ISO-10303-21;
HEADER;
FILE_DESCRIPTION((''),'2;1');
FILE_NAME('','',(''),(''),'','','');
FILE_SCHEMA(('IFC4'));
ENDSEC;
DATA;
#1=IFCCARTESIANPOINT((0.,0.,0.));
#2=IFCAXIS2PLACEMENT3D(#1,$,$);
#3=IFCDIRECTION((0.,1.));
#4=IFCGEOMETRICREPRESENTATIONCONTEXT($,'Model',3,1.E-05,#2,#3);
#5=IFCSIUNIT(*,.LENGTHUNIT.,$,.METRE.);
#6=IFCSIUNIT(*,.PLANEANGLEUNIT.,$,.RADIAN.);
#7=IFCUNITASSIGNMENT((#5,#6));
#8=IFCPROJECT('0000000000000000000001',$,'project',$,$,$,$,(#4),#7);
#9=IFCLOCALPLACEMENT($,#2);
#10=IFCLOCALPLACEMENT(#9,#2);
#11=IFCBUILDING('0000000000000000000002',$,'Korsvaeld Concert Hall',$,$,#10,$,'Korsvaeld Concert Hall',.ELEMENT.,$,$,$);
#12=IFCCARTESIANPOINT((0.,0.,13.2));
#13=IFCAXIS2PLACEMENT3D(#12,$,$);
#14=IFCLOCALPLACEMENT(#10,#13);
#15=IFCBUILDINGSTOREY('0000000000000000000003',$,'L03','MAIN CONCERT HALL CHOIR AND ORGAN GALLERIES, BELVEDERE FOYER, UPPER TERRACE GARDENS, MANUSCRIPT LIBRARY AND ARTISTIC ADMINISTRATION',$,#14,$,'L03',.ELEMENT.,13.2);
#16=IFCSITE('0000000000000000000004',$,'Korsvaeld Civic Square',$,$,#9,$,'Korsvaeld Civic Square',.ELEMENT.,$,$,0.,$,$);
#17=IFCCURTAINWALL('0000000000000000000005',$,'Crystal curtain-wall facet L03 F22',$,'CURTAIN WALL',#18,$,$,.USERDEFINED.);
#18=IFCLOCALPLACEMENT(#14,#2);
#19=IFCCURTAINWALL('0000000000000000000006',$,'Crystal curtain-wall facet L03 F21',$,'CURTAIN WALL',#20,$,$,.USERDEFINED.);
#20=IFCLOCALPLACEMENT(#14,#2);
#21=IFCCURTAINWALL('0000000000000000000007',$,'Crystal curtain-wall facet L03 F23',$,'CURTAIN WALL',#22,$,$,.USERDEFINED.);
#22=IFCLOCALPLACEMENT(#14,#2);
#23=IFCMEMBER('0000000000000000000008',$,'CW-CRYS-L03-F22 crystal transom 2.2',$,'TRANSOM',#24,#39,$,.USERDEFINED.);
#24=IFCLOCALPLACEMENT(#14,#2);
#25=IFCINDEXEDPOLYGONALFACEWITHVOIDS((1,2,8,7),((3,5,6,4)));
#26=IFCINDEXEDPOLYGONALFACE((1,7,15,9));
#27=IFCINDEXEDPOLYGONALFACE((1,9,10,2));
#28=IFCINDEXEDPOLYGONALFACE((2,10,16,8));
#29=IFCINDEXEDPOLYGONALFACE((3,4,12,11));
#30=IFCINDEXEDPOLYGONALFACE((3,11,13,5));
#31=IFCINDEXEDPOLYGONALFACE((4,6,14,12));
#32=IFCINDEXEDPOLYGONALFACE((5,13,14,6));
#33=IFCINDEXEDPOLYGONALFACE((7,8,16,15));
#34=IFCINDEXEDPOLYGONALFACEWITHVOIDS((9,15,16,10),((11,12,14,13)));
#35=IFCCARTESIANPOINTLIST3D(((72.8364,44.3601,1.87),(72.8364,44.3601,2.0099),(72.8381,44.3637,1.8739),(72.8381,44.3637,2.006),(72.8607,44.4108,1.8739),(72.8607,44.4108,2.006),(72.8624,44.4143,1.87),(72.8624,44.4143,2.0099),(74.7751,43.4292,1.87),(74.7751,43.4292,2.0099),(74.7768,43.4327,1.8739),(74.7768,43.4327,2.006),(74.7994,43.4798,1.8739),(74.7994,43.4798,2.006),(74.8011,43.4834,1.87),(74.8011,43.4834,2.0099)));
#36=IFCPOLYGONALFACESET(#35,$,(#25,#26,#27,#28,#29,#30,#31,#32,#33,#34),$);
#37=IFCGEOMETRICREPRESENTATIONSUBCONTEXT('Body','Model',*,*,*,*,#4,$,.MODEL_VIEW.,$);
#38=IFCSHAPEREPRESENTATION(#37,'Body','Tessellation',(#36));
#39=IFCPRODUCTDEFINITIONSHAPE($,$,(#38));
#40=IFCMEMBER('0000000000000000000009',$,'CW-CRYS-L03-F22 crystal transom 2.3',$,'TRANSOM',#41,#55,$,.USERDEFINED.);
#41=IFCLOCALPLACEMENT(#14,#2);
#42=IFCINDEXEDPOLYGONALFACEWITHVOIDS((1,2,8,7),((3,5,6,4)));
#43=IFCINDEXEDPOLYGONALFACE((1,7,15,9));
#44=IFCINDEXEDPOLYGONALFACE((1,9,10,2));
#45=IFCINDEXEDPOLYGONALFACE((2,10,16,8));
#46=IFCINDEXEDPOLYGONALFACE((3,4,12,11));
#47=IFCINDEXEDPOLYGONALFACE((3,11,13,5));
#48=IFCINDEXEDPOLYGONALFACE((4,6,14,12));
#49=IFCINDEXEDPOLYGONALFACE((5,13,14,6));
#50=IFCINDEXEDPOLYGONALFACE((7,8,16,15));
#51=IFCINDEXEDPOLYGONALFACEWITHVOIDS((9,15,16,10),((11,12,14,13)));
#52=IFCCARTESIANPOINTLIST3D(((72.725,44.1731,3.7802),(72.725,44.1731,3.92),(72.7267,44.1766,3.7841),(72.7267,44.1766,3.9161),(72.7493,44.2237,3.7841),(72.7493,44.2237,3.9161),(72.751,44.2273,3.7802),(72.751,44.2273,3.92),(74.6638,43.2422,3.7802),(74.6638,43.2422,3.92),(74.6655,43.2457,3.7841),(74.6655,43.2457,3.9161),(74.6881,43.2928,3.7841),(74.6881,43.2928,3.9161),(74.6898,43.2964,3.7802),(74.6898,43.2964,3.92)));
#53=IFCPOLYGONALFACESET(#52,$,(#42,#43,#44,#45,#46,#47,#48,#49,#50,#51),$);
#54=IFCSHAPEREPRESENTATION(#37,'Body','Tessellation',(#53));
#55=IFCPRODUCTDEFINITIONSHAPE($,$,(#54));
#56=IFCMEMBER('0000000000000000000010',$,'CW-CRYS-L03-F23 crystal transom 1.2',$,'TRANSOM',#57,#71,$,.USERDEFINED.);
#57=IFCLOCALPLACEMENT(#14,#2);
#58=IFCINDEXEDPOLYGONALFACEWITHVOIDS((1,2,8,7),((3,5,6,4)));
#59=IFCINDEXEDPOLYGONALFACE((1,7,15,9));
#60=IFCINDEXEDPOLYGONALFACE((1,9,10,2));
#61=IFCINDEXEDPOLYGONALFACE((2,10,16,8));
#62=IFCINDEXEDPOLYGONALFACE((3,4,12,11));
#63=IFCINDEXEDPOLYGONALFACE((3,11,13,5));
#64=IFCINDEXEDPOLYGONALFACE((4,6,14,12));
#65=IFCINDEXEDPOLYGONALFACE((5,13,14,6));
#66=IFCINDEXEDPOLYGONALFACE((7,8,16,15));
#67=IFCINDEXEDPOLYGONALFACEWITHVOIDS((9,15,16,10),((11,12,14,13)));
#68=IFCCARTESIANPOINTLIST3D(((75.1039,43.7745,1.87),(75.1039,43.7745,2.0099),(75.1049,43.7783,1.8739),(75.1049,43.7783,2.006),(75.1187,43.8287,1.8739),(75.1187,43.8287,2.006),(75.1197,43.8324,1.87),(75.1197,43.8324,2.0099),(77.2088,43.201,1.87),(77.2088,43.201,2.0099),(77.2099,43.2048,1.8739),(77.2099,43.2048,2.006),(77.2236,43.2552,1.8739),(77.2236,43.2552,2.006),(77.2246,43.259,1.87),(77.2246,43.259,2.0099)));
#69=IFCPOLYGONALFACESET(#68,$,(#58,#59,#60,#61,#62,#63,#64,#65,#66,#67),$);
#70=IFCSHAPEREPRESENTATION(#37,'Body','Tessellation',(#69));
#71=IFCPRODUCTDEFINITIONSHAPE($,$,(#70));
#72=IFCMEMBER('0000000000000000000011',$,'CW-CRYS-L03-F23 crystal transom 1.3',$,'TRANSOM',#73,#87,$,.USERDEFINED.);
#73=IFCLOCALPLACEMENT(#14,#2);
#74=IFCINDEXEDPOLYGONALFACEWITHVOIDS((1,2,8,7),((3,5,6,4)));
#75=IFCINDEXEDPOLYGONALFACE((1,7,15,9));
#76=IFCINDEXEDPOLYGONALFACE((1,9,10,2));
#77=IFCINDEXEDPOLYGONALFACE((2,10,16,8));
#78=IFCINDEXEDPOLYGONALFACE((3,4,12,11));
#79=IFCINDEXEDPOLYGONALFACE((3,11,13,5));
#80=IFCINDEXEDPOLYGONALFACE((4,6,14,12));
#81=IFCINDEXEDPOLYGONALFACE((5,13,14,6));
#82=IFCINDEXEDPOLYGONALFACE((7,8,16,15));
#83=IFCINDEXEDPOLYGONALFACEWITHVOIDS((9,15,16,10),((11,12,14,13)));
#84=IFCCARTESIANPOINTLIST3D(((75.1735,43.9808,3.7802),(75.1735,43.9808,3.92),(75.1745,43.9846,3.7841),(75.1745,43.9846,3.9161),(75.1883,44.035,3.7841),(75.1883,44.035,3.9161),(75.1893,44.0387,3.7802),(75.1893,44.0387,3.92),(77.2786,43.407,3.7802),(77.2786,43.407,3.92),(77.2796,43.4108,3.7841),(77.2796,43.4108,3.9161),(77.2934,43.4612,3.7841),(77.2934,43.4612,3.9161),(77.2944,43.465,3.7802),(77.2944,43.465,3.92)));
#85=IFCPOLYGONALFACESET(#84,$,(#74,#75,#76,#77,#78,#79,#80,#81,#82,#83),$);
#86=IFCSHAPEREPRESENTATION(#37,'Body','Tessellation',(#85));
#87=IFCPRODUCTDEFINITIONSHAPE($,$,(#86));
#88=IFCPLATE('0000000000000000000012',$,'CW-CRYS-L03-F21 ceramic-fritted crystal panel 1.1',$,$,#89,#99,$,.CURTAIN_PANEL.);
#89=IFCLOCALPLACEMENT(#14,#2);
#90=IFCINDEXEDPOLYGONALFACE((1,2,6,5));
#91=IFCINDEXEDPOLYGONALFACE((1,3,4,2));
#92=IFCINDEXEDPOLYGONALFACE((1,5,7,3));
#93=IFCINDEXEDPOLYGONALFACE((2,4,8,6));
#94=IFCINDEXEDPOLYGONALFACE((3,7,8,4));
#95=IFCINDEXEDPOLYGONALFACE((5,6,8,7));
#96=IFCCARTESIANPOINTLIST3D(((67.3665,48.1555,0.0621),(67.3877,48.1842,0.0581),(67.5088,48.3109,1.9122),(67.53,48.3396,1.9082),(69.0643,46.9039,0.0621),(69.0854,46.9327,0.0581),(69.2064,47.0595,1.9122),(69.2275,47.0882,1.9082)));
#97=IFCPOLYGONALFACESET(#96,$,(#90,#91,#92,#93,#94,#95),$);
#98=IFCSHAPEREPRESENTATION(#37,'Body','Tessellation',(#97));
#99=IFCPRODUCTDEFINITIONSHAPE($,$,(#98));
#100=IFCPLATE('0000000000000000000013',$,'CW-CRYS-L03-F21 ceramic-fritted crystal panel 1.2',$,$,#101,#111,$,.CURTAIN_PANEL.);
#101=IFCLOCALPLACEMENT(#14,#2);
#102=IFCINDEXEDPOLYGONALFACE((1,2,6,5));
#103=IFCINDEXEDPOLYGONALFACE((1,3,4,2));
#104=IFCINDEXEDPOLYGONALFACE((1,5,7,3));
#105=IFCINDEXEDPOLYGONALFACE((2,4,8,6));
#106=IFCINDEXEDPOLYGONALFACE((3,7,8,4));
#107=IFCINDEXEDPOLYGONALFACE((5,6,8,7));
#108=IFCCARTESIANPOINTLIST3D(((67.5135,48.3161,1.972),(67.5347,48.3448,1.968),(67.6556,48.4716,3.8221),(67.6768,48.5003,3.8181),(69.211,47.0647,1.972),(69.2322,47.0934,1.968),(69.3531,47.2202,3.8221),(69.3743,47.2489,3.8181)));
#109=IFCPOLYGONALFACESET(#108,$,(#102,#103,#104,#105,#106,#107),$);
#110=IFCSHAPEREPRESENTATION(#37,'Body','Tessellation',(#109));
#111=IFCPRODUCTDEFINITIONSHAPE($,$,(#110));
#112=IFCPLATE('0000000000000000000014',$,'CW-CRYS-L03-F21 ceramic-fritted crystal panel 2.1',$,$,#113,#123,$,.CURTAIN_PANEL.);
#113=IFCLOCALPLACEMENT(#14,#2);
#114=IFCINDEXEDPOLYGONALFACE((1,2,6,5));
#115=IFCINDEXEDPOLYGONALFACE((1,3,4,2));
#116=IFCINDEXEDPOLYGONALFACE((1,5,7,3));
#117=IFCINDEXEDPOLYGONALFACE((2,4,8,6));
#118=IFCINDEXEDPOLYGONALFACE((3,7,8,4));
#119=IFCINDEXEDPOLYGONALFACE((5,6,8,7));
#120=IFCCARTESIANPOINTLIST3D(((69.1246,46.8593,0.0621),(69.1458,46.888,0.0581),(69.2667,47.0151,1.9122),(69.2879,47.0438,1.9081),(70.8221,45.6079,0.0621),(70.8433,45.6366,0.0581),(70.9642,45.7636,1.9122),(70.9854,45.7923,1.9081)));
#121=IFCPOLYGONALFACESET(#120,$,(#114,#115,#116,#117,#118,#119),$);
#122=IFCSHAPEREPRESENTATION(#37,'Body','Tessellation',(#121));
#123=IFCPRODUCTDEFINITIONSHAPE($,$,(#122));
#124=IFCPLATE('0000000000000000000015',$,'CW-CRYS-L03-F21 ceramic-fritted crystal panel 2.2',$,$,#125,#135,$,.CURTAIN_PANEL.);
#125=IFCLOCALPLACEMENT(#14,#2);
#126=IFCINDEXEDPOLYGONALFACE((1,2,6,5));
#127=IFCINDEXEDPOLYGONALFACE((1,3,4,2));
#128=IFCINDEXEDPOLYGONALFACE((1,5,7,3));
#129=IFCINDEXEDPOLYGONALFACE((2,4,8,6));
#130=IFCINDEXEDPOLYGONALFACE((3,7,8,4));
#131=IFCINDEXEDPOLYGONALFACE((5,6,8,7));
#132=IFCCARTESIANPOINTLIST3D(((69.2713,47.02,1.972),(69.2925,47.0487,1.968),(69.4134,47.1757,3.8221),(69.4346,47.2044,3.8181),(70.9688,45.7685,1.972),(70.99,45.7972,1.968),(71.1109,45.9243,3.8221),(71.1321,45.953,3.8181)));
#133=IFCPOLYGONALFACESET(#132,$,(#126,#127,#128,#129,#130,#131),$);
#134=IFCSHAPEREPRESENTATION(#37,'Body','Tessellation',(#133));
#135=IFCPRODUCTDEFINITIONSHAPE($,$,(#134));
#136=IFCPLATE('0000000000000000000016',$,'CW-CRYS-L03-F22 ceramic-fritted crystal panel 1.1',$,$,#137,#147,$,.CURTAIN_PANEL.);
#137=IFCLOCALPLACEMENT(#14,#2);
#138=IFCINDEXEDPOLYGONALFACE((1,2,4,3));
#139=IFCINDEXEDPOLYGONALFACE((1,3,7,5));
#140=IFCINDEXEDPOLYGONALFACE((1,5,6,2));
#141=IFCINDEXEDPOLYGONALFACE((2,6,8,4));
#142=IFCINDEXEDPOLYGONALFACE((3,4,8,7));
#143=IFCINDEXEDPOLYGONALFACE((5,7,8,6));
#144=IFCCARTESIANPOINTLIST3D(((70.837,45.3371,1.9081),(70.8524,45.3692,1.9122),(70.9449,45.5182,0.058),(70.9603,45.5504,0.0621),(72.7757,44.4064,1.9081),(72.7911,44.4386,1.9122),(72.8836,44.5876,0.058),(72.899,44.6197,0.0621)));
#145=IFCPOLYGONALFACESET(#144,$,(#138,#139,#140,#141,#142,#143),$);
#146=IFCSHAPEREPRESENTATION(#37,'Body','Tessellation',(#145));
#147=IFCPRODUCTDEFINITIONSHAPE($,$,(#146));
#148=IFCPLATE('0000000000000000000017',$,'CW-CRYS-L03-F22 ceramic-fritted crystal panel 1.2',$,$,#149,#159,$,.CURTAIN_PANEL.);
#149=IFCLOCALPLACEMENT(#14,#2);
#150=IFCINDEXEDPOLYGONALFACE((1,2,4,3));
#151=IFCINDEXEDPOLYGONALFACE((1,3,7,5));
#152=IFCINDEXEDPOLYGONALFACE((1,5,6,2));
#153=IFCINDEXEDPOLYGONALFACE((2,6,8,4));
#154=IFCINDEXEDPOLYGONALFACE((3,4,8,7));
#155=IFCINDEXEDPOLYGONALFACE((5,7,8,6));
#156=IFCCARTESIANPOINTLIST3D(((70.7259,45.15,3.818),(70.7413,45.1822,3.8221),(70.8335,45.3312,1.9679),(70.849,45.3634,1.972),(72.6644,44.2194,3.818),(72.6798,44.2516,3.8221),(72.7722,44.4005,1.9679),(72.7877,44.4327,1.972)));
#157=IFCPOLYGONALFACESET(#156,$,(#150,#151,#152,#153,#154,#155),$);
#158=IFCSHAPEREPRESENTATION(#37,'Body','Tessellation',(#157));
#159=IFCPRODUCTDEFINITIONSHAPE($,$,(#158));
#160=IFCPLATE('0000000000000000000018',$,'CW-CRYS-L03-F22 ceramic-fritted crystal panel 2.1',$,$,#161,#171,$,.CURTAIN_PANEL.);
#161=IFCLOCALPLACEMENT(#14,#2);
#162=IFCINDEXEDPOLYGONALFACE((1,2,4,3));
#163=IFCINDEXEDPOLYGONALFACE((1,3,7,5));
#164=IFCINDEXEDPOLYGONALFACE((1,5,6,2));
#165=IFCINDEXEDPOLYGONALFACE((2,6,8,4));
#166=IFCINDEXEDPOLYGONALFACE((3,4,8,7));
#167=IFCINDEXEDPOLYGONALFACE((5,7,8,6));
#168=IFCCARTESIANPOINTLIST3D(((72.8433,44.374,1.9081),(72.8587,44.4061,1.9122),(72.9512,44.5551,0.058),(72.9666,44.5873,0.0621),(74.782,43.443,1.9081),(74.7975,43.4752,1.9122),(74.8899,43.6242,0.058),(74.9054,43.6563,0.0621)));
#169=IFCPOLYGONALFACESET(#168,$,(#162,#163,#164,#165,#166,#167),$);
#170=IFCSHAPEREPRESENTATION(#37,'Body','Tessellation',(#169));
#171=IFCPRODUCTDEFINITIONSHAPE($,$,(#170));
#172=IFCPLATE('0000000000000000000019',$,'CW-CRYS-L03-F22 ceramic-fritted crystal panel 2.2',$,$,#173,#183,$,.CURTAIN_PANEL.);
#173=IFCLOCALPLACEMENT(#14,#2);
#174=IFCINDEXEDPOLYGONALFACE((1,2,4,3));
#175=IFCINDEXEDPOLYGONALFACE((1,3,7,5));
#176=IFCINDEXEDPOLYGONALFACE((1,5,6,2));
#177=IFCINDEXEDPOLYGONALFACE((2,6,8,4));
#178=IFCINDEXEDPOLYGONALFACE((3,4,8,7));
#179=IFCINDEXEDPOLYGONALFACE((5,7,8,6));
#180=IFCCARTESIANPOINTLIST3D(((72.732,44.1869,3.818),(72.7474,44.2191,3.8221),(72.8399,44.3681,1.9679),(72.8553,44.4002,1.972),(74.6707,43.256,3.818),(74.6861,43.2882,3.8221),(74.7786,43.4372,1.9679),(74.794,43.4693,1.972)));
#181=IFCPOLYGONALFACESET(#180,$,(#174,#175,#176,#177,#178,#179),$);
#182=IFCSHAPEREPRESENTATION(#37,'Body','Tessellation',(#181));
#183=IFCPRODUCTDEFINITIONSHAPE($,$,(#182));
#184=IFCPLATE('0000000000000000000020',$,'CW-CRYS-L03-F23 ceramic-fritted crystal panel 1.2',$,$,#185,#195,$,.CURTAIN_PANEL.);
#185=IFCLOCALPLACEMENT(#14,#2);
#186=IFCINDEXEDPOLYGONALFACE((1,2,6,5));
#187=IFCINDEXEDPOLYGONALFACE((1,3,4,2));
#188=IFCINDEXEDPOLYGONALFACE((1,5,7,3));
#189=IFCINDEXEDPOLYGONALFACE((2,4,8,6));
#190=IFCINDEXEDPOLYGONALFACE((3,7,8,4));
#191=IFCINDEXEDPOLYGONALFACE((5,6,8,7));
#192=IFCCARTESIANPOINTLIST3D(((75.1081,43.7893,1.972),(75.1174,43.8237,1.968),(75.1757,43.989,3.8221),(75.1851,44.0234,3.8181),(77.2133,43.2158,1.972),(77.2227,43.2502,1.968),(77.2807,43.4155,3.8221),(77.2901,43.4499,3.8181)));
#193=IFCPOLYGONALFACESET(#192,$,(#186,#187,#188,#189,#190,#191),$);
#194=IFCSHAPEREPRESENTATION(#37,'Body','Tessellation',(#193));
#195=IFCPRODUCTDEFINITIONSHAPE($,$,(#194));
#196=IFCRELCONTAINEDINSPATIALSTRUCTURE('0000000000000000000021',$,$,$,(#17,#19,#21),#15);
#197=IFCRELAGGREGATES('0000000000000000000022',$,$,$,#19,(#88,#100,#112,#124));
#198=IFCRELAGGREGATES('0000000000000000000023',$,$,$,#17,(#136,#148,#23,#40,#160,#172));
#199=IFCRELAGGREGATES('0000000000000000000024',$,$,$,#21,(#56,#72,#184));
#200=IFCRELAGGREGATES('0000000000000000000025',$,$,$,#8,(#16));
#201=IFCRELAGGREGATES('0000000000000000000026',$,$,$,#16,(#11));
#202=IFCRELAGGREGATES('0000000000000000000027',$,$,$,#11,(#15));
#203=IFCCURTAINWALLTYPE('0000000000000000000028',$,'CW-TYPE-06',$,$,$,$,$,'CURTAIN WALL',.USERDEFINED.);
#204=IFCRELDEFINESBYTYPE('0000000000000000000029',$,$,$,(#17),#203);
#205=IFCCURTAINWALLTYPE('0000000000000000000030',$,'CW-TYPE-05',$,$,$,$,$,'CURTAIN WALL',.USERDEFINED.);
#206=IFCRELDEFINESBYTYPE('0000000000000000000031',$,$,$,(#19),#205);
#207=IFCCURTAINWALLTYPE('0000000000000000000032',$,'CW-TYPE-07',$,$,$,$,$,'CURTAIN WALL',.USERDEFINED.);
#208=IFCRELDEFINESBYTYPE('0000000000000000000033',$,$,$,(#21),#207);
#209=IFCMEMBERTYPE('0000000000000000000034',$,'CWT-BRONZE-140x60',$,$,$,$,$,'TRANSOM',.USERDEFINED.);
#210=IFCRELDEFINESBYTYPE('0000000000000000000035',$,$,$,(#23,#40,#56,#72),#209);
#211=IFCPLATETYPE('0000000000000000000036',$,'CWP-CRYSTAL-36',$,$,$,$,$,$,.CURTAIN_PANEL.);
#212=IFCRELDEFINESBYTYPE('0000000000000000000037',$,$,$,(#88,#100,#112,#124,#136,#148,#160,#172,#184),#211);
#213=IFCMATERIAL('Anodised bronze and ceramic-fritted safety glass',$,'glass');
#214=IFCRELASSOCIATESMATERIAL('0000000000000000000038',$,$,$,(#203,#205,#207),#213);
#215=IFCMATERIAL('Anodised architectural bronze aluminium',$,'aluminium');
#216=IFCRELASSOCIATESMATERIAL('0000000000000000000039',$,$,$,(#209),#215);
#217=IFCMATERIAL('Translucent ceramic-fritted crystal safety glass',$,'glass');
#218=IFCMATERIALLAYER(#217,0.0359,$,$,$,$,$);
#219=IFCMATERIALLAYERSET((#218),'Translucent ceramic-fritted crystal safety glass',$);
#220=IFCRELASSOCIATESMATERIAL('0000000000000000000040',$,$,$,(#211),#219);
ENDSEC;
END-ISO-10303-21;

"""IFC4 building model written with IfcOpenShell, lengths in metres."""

from ifc_helpers import new_model, si_unit, direction, frame, origin, origin_2d, place, context, subcontext, project, spatial, polyline, hollow_rectangle, outline, extrude, material, layer, layer_set, material_profile, profile_set, type_object, element, aggregate, save


model = new_model("IFC4")

# Units and contexts
model_context = context("Model", 3, precision=1e-05, world=origin(), true_north=direction((0.0, 1.0)))
body_context = subcontext(model_context, "Body", "Model", "MODEL_VIEW")
ifc_project = project(units=[si_unit("LENGTHUNIT", "METRE"), si_unit("PLANEANGLEUNIT", "RADIAN")], contexts=[model_context])

# Site, building, storey
site_placement = place(None, origin())
site = spatial("IfcSite", under=ifc_project, at=site_placement, Name="Korsvaeld Civic Square", LongName="Korsvaeld Civic Square", CompositionType="ELEMENT", RefElevation=0.0)
building_placement = place(site_placement, origin())
building = spatial("IfcBuilding", under=site, at=building_placement, Name="Korsvaeld Concert Hall", LongName="Korsvaeld Concert Hall", CompositionType="ELEMENT")
storey_placement = place(building_placement, frame((0.0, 0.0, 13.2)))
storey = spatial("IfcBuildingStorey", under=building, at=storey_placement, Name="L03", Description="MAIN CONCERT HALL CHOIR AND ORGAN GALLERIES, BELVEDERE FOYER, UPPER TERRACE GARDENS, MANUSCRIPT LIBRARY AND ARTISTIC ADMINISTRATION", LongName="L03", CompositionType="ELEMENT", Elevation=13.2)

# Shared definitions
ifc_material_1 = material(Name="Anodised bronze and ceramic-fritted safety glass", Category="glass")
ifc_material_2 = material(Name="Anodised architectural bronze aluminium", Category="aluminium")

# Curtain walls
curtain_wall_type_1 = type_object("IfcCurtainWallType", Name="CW-TYPE-06", ElementType="CURTAIN WALL", PredefinedType="USERDEFINED", material=ifc_material_1)
curtain_wall_1_placement = place(storey_placement, origin())
curtain_wall_1 = element("IfcCurtainWall", 1, at=curtain_wall_1_placement, inside=storey, type_object=curtain_wall_type_1, Name="Crystal curtain-wall facet L03 F22", ObjectType="CURTAIN WALL", PredefinedType="USERDEFINED")
curtain_wall_type_2 = type_object("IfcCurtainWallType", Name="CW-TYPE-05", ElementType="CURTAIN WALL", PredefinedType="USERDEFINED", material=ifc_material_1)
curtain_wall_2_placement = place(storey_placement, origin())
curtain_wall_2 = element("IfcCurtainWall", 2, at=curtain_wall_2_placement, inside=storey, type_object=curtain_wall_type_2, Name="Crystal curtain-wall facet L03 F21", ObjectType="CURTAIN WALL", PredefinedType="USERDEFINED")

# Curtain wall
curtain_wall_type_3 = type_object("IfcCurtainWallType", Name="CW-TYPE-07", ElementType="CURTAIN WALL", PredefinedType="USERDEFINED", material=ifc_material_1)
curtain_wall_3_placement = place(storey_placement, origin())
curtain_wall_3 = element("IfcCurtainWall", 3, at=curtain_wall_3_placement, inside=storey, type_object=curtain_wall_type_3, Name="Crystal curtain-wall facet L03 F23", ObjectType="CURTAIN WALL", PredefinedType="USERDEFINED")

# Members
ifc_material_profile_1 = material_profile(ifc_material_2, hollow_rectangle(XDim=0.0601, YDim=0.1399, WallThickness=0.0039, at=origin_2d()), Name="CWT 140x60x4")
ifc_profile_set_1 = profile_set([ifc_material_profile_1], Name="Anodised architectural bronze aluminium")
member_type_1 = type_object("IfcMemberType", Name="CWT-BRONZE-140x60", ElementType="TRANSOM", PredefinedType="USERDEFINED", material=ifc_profile_set_1)
member_1_placement = place(storey_placement, frame((72.8494, 44.3872, 1.9399), z_axis=(0.901465, -0.432853, 0.0), x_axis=(0.432853, 0.901465, 0.0)))
member_1 = element("IfcMember", 4, at=member_1_placement, type_object=member_type_1, Name="CW-CRYS-L03-F22 crystal transom 2.2", ObjectType="TRANSOM", PredefinedType="USERDEFINED", context=body_context, shape_type="SweptSolid", body=[
    extrude(hollow_rectangle(XDim=0.0601, YDim=0.1399, WallThickness=0.0039, at=origin_2d()), origin(), (0.0, 0.0, 1.0), 2.1506),
])
member_2_placement = place(storey_placement, frame((72.738, 44.2002, 3.8501), z_axis=(0.901465, -0.432853, 0.0), x_axis=(0.432853, 0.901465, 0.0)))
member_2 = element("IfcMember", 5, at=member_2_placement, type_object=member_type_1, Name="CW-CRYS-L03-F22 crystal transom 2.3", ObjectType="TRANSOM", PredefinedType="USERDEFINED", context=body_context, shape_type="SweptSolid", body=[
    extrude(hollow_rectangle(XDim=0.0601, YDim=0.1399, WallThickness=0.0039, at=origin_2d()), origin(), (0.0, 0.0, 1.0), 2.1506),
])
member_3_placement = place(storey_placement, frame((75.1118, 43.8035, 1.9399), z_axis=(0.964834, -0.262862, 0.0), x_axis=(0.262862, 0.964834, 0.0)))
member_3 = element("IfcMember", 6, at=member_3_placement, type_object=member_type_1, Name="CW-CRYS-L03-F23 crystal transom 1.2", ObjectType="TRANSOM", PredefinedType="USERDEFINED", context=body_context, shape_type="SweptSolid", body=[
    extrude(hollow_rectangle(XDim=0.0601, YDim=0.1399, WallThickness=0.0039, at=origin_2d()), origin(), (0.0, 0.0, 1.0), 2.1816),
])
member_4_placement = place(storey_placement, frame((75.1814, 44.0098, 3.8501), z_axis=(0.964805, -0.262966, 0.0), x_axis=(0.262966, 0.964805, 0.0)))
member_4 = element("IfcMember", 7, at=member_4_placement, type_object=member_type_1, Name="CW-CRYS-L03-F23 crystal transom 1.3", ObjectType="TRANSOM", PredefinedType="USERDEFINED", context=body_context, shape_type="SweptSolid", body=[
    extrude(hollow_rectangle(XDim=0.0601, YDim=0.1399, WallThickness=0.0039, at=origin_2d()), origin(), (0.0, 0.0, 1.0), 2.1819),
])

# Plates
ifc_material_3 = material(Name="Translucent ceramic-fritted crystal safety glass", Category="glass")
ifc_layer = layer(ifc_material_3, 0.0359)
ifc_layer_set = layer_set([ifc_layer], Name="Translucent ceramic-fritted crystal safety glass")
plate_type = type_object("IfcPlateType", Name="CWP-CRYSTAL-36", PredefinedType="CURTAIN_PANEL", material=ifc_layer_set)
plate_1_placement = place(storey_placement, frame((67.3772, 48.1699, 0.0601), z_axis=(-0.589606, -0.79981, 0.112553), x_axis=(0.804925, -0.593376, 0.000004)))
plate_1 = element("IfcPlate", 8, at=plate_1_placement, type_object=plate_type, Name="CW-CRYS-L03-F21 ceramic-fritted crystal panel 1.1", PredefinedType="CURTAIN_PANEL", context=body_context, shape_type="SweptSolid", body=[
    extrude(outline(polyline([(0.0, 0.0), (2.1092, 0.0), (2.1313, 1.8619), (0.0223, 1.8619), (0.0, 0.0)])), frame((0.0, 0.0, 0.0181)), (0.0, 0.0, -1.0), 0.0359),
])
plate_2_placement = place(storey_placement, frame((67.5242, 48.3306, 1.97), z_axis=(-0.589636, -0.799793, 0.112515), x_axis=(0.804905, -0.593404, 0.0)))
plate_2 = element("IfcPlate", 9, at=plate_2_placement, type_object=plate_type, Name="CW-CRYS-L03-F21 ceramic-fritted crystal panel 1.2", PredefinedType="CURTAIN_PANEL", context=body_context, shape_type="SweptSolid", body=[
    extrude(outline(polyline([(0.0, 0.0), (2.109, 0.0), (2.131, 1.8619), (0.0221, 1.8619), (0.0, 0.0)])), frame((0.0, 0.0, 0.0181)), (0.0, 0.0, -1.0), 0.0359),
])
plate_3_placement = place(storey_placement, frame((69.1353, 46.8738, 0.0601), z_axis=(-0.589629, -0.799784, 0.112619), x_axis=(0.804905, -0.593404, 0.0)))
plate_3 = element("IfcPlate", 10, at=plate_3_placement, type_object=plate_type, Name="CW-CRYS-L03-F21 ceramic-fritted crystal panel 2.1", PredefinedType="CURTAIN_PANEL", context=body_context, shape_type="SweptSolid", body=[
    extrude(outline(polyline([(0.0, 0.0), (2.109, 0.0), (2.1309, 1.8619), (0.0219, 1.8619), (0.0, 0.0)])), frame((0.0, 0.0, 0.0181)), (0.0, 0.0, -1.0), 0.0359),
])
plate_4_placement = place(storey_placement, frame((69.282, 47.0344, 1.97), z_axis=(-0.589629, -0.799784, 0.112619), x_axis=(0.804905, -0.593404, 0.0)))
plate_4 = element("IfcPlate", 11, at=plate_4_placement, type_object=plate_type, Name="CW-CRYS-L03-F21 ceramic-fritted crystal panel 2.2", PredefinedType="CURTAIN_PANEL", context=body_context, shape_type="SweptSolid", body=[
    extrude(outline(polyline([(0.0, 0.0), (2.109, 0.0), (2.1309, 1.8619), (0.0219, 1.8619), (0.0, 0.0)])), frame((0.0, 0.0, 0.0181)), (0.0, 0.0, -1.0), 0.0359),
])
aggregate(curtain_wall_2, [plate_1, plate_2, plate_3, plate_4])
plate_5_placement = place(storey_placement, frame((70.9526, 45.5344, 0.0601), z_axis=(-0.429999, -0.895756, -0.112788), x_axis=(0.901509, -0.432761, 0.0)))
plate_5 = element("IfcPlate", 12, at=plate_5_placement, type_object=plate_type, Name="CW-CRYS-L03-F22 ceramic-fritted crystal panel 1.1", PredefinedType="CURTAIN_PANEL", context=body_context, shape_type="SweptSolid", body=[
    extrude(outline(polyline([(0.0, 0.0), (2.1505, 0.0), (2.1316, 1.862), (-0.0189, 1.862), (0.0, 0.0)])), frame((0.0, 0.0, 0.0181)), (0.0, 0.0, -1.0), 0.0359),
])
plate_6_placement = place(storey_placement, frame((70.8413, 45.3474, 1.97), z_axis=(-0.430023, -0.895749, -0.112761), x_axis=(0.901498, -0.432782, -0.000003)))
plate_6 = element("IfcPlate", 13, at=plate_6_placement, type_object=plate_type, Name="CW-CRYS-L03-F22 ceramic-fritted crystal panel 1.2", PredefinedType="CURTAIN_PANEL", context=body_context, shape_type="SweptSolid", body=[
    extrude(outline(polyline([(0.0, 0.0), (2.1505, 0.0), (2.1316, 1.862), (-0.0187, 1.862), (0.0, 0.0)])), frame((0.0, 0.0, 0.0181)), (0.0, 0.0, -1.0), 0.0359),
])
plate_7_placement = place(storey_placement, frame((72.959, 44.5713, 0.0601), z_axis=(-0.430091, -0.895712, -0.112789), x_axis=(0.901465, -0.432853, 0.0)))
plate_7 = element("IfcPlate", 14, at=plate_7_placement, type_object=plate_type, Name="CW-CRYS-L03-F22 ceramic-fritted crystal panel 2.1", PredefinedType="CURTAIN_PANEL", context=body_context, shape_type="SweptSolid", body=[
    extrude(outline(polyline([(0.0, 0.0), (2.1506, 0.0), (2.1318, 1.862), (-0.0189, 1.862), (0.0, 0.0)])), frame((0.0, 0.0, 0.0181)), (0.0, 0.0, -1.0), 0.0359),
])
plate_8_placement = place(storey_placement, frame((72.8477, 44.3843, 1.97), z_axis=(-0.430091, -0.895712, -0.112789), x_axis=(0.901465, -0.432853, 0.0)))
plate_8 = element("IfcPlate", 15, at=plate_8_placement, type_object=plate_type, Name="CW-CRYS-L03-F22 ceramic-fritted crystal panel 2.2", PredefinedType="CURTAIN_PANEL", context=body_context, shape_type="SweptSolid", body=[
    extrude(outline(polyline([(0.0, 0.0), (2.1506, 0.0), (2.1318, 1.862), (-0.0189, 1.862), (0.0, 0.0)])), frame((0.0, 0.0, 0.0181)), (0.0, 0.0, -1.0), 0.0359),
])
aggregate(curtain_wall_1, [plate_5, plate_6, member_1, member_2, plate_7, plate_8])
plate_9_placement = place(storey_placement, frame((75.1128, 43.8066, 1.97), z_axis=(-0.261164, -0.958656, 0.11301), x_axis=(0.964837, -0.262847, 0.000002)))
plate_9 = element("IfcPlate", 16, at=plate_9_placement, type_object=plate_type, Name="CW-CRYS-L03-F23 ceramic-fritted crystal panel 1.2", PredefinedType="CURTAIN_PANEL", context=body_context, shape_type="SweptSolid", body=[
    extrude(outline(polyline([(0.0, 0.0), (2.1819, 0.0), (2.1945, 1.862), (0.0128, 1.862), (0.0, 0.0)])), frame((0.0, 0.0, 0.0181)), (0.0, 0.0, -1.0), 0.0359),
])
aggregate(curtain_wall_3, [member_3, member_4, plate_9])

save(model, "model.ifc")
